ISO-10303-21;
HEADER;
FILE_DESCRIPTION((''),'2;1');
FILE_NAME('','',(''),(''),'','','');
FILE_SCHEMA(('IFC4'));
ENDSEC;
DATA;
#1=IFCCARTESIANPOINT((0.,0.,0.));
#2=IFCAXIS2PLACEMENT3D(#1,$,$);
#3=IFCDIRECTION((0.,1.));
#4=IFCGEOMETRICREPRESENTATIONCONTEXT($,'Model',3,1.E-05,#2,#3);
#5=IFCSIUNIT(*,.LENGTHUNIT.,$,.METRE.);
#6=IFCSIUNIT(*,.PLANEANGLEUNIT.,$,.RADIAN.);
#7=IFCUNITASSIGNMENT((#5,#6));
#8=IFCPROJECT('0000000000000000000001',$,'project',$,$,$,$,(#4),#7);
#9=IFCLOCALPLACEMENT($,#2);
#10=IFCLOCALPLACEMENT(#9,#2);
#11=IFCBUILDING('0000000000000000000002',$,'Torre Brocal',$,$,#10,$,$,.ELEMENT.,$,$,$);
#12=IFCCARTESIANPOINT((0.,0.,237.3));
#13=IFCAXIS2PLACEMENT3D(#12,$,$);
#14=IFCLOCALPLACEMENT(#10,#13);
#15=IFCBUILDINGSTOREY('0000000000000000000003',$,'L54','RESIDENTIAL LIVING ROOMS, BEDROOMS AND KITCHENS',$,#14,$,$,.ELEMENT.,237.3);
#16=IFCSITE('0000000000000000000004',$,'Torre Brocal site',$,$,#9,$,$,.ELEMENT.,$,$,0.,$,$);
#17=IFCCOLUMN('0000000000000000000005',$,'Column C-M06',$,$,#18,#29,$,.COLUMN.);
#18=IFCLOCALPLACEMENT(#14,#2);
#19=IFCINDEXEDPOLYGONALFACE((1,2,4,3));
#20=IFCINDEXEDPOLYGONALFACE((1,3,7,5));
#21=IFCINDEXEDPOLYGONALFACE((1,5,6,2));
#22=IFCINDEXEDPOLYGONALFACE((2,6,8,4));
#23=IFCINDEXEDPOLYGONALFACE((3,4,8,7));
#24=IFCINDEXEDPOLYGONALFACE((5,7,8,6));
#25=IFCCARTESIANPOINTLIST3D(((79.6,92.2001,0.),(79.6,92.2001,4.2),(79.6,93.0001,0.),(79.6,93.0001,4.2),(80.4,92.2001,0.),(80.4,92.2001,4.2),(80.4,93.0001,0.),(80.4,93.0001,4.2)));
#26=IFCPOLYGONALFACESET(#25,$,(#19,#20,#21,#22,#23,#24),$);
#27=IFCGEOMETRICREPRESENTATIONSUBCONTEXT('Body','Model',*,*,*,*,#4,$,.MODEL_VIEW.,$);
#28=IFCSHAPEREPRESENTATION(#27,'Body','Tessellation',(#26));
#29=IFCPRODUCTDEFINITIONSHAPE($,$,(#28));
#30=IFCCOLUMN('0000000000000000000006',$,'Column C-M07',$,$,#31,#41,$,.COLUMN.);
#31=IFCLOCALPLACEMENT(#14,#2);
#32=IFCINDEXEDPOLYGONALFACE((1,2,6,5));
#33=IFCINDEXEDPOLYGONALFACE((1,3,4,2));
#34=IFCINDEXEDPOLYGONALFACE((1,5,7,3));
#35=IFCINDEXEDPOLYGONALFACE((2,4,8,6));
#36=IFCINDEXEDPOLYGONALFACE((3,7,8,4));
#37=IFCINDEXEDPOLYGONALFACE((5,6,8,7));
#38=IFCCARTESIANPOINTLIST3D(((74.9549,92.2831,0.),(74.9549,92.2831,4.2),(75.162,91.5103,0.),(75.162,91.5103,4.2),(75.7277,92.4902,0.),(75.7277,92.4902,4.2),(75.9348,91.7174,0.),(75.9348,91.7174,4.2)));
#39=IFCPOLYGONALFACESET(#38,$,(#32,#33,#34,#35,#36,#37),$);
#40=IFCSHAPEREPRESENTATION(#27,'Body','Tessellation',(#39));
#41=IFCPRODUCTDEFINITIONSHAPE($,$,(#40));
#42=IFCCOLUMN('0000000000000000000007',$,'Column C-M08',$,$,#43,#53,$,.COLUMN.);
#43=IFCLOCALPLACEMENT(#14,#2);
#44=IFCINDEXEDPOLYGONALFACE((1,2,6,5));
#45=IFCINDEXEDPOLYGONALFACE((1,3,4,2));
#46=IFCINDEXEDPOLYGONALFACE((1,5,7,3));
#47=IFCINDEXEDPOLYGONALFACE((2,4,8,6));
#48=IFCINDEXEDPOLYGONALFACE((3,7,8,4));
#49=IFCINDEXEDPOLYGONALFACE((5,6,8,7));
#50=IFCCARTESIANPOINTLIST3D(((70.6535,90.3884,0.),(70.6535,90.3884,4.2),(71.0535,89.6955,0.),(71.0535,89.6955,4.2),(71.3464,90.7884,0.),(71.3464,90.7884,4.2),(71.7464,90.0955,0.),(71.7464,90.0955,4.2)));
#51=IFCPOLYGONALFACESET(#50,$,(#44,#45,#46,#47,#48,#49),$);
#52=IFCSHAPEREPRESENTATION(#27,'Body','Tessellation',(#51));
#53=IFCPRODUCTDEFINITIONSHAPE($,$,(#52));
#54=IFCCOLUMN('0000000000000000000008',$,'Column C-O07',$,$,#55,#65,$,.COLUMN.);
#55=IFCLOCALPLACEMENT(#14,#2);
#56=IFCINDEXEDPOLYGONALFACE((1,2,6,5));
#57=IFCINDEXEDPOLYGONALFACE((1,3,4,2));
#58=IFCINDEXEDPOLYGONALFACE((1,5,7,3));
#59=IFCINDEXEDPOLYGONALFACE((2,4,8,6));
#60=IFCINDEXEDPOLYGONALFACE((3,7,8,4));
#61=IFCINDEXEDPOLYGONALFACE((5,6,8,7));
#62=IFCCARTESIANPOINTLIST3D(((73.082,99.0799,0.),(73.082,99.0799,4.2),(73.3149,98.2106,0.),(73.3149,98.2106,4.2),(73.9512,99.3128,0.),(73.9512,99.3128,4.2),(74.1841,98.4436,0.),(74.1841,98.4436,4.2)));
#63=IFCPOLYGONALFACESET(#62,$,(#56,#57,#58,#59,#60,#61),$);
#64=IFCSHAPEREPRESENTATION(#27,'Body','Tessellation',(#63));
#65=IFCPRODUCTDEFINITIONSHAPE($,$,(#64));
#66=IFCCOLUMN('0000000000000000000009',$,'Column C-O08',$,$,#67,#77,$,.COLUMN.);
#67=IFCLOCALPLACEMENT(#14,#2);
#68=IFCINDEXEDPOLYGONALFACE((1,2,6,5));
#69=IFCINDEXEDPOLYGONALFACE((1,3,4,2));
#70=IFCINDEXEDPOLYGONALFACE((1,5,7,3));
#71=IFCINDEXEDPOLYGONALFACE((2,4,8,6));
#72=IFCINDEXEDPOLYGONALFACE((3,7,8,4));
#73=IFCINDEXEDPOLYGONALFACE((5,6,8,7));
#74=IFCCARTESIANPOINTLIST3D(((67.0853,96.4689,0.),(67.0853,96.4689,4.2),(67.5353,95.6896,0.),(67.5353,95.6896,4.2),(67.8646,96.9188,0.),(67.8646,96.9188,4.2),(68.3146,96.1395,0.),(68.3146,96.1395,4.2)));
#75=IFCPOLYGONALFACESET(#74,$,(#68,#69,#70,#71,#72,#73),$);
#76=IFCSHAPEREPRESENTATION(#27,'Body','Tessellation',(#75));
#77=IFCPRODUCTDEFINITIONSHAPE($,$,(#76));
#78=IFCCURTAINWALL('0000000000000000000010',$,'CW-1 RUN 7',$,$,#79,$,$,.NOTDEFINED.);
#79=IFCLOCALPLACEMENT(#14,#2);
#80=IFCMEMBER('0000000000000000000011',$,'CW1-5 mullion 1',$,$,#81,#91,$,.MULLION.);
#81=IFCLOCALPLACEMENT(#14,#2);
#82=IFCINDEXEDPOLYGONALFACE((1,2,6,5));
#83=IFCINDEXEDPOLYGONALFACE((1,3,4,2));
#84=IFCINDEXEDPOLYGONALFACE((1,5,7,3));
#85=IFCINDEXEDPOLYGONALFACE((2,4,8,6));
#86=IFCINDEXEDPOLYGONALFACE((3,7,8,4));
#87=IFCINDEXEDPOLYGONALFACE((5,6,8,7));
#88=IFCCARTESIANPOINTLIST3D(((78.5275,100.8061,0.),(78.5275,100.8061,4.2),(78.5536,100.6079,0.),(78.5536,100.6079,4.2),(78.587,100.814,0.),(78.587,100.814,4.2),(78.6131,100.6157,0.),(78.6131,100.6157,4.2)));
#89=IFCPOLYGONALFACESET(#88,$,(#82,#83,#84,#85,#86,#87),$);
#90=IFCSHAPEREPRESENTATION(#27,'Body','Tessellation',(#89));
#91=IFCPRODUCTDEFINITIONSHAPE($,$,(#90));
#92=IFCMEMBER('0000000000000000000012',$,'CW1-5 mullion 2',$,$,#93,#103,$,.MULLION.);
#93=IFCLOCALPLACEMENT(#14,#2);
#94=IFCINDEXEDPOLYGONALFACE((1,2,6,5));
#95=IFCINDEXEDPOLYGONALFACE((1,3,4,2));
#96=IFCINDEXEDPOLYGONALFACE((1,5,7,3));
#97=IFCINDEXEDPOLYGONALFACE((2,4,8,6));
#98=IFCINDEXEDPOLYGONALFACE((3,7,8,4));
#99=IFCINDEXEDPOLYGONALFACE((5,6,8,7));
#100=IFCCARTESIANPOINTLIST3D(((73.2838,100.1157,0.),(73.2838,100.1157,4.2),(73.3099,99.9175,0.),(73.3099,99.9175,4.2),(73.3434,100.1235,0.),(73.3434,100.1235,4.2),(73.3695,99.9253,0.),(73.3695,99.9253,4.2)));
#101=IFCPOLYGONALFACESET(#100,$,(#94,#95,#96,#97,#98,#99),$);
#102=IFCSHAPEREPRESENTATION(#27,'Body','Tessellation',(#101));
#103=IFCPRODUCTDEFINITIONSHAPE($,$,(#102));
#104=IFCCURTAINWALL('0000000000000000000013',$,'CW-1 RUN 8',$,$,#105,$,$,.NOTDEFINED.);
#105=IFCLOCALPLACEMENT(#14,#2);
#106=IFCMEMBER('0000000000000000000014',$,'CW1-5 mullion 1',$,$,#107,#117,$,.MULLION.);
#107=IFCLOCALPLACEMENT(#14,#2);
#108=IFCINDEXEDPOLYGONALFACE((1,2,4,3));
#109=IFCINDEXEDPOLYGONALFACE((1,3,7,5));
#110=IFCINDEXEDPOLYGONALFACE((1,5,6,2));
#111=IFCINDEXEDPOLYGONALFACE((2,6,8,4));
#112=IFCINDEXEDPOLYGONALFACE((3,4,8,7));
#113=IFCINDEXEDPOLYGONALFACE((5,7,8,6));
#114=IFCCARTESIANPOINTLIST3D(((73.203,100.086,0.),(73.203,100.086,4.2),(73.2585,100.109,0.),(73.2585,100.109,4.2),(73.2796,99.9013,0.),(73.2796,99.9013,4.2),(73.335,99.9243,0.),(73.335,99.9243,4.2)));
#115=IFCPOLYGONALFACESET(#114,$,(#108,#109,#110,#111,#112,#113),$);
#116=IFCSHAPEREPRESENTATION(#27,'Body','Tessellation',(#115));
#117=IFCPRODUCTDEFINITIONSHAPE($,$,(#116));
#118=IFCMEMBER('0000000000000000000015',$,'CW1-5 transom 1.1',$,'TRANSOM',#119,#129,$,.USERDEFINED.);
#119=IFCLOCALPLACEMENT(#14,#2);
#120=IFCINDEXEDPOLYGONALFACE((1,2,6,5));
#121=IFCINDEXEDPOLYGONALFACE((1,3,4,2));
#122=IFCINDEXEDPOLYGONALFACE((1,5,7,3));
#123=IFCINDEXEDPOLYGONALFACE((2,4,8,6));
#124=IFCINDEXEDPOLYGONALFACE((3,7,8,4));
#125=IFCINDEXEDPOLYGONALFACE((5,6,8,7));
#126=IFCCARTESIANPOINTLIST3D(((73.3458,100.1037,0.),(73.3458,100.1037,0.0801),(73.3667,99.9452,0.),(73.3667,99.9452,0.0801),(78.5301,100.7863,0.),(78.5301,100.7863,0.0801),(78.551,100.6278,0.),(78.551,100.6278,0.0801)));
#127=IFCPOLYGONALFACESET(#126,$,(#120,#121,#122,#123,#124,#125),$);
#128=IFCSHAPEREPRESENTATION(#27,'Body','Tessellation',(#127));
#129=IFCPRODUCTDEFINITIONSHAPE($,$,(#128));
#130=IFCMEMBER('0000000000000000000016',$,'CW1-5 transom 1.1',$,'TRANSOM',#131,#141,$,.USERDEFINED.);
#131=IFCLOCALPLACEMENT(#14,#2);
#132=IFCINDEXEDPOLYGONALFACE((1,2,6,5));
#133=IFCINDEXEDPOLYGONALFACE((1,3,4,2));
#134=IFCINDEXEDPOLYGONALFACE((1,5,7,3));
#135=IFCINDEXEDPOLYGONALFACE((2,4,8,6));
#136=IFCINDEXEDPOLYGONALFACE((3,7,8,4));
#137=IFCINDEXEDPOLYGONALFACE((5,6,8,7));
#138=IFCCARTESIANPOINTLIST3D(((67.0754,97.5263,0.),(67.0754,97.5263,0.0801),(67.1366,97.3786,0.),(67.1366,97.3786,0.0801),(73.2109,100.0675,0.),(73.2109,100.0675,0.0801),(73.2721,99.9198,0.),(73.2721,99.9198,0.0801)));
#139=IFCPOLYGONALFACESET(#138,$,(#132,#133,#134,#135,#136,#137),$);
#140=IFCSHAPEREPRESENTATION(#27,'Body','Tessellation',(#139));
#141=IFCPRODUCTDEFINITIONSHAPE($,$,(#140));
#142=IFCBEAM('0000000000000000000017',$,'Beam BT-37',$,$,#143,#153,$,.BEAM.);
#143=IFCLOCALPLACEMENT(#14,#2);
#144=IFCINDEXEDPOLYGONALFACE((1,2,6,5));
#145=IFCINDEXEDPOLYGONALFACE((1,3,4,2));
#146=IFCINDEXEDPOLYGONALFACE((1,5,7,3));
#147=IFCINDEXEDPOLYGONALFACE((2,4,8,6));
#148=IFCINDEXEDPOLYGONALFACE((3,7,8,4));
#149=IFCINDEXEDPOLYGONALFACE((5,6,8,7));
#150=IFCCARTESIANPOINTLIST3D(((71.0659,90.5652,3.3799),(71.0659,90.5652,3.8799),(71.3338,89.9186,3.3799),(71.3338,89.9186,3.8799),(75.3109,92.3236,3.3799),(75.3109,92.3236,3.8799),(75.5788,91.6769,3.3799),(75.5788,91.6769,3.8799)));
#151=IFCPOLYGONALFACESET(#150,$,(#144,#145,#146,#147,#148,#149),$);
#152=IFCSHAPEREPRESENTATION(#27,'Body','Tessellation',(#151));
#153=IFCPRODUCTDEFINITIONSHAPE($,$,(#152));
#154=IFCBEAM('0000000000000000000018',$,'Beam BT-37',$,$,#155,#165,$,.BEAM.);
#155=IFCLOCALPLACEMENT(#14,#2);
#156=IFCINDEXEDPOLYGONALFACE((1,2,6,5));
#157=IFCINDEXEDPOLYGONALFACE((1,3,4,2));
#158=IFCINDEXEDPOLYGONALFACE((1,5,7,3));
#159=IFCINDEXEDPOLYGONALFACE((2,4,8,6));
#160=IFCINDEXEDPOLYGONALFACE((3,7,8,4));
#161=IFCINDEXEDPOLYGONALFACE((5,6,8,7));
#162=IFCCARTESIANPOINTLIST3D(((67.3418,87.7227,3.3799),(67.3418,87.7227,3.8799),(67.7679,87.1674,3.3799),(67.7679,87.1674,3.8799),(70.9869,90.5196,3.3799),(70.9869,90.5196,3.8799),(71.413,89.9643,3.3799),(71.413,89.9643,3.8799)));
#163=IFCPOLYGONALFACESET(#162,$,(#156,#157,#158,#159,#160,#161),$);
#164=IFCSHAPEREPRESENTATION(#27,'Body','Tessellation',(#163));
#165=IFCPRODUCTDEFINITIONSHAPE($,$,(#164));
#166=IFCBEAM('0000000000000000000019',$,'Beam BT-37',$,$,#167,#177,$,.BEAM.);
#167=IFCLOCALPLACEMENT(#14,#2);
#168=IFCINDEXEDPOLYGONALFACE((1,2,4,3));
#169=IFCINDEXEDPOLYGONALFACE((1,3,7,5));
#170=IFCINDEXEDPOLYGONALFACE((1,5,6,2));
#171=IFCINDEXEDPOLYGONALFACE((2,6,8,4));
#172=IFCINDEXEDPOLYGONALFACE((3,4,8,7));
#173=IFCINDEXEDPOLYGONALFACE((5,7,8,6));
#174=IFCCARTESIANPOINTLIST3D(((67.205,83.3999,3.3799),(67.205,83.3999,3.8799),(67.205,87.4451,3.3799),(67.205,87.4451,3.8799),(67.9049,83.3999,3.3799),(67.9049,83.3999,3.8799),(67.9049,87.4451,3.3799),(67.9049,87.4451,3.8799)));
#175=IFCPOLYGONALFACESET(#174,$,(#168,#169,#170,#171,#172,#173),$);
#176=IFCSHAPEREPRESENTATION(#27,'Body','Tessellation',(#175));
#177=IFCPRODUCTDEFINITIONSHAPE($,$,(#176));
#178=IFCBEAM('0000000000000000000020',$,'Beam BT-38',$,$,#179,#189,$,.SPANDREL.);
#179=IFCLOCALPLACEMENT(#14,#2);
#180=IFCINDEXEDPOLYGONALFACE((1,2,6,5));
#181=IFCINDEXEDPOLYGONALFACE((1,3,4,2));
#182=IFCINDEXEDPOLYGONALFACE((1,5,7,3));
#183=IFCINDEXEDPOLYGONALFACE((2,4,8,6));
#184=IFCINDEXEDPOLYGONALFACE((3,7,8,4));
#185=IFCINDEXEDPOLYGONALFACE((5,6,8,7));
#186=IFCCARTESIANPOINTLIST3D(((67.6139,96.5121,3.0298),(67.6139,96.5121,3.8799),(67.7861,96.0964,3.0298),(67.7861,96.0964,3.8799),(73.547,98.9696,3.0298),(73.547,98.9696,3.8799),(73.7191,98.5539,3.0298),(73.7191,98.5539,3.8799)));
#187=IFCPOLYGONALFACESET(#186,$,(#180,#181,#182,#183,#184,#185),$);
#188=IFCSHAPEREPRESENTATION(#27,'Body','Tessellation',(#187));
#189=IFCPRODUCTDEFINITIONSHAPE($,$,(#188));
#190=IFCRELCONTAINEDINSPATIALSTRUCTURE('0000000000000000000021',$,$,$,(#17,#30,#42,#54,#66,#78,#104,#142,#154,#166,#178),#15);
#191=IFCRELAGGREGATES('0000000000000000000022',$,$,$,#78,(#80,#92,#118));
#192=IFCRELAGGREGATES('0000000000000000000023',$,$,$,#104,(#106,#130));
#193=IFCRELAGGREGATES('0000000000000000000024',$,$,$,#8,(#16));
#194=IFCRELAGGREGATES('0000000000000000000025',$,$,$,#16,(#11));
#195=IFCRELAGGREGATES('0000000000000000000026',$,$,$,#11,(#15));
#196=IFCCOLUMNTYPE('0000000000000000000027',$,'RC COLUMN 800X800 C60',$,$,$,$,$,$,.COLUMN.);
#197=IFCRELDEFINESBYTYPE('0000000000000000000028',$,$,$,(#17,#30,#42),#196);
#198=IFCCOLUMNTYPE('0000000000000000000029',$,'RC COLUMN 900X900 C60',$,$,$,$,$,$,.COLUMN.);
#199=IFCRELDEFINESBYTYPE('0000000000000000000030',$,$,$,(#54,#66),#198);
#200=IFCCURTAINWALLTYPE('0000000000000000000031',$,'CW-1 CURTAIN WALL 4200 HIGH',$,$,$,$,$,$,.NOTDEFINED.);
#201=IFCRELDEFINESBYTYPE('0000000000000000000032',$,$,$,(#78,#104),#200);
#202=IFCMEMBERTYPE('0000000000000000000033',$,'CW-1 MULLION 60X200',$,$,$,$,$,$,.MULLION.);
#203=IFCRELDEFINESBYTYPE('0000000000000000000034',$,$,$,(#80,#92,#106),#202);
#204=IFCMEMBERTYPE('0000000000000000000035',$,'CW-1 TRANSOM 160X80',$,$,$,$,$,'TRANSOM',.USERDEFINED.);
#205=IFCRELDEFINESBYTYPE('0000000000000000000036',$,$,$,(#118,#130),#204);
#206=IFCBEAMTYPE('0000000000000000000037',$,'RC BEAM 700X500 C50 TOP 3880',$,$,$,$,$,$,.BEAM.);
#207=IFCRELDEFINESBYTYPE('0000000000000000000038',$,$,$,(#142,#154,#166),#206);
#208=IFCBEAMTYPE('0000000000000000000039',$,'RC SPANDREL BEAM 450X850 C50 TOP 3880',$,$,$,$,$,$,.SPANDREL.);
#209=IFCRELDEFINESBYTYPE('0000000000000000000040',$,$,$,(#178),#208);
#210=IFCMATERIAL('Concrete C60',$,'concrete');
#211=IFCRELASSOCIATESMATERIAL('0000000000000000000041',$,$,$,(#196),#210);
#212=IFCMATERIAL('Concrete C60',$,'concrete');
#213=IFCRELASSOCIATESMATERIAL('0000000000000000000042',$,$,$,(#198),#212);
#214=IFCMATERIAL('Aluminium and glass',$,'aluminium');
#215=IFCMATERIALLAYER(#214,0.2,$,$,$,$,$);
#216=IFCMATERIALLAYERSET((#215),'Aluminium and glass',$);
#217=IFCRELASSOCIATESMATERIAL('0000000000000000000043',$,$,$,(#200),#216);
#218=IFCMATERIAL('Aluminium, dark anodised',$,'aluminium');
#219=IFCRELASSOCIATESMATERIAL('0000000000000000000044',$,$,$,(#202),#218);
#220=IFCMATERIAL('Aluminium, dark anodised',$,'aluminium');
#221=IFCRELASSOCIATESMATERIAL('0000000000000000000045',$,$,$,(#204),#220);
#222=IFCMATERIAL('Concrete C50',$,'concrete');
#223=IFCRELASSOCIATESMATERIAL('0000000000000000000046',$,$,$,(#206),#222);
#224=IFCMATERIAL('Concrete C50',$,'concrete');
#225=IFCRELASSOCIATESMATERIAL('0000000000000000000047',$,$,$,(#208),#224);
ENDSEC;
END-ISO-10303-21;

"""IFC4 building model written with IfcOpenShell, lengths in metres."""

from ifc_helpers import new_model, si_unit, direction, frame, origin, origin_2d, place, context, subcontext, project, spatial, rectangle, extrude, material, layer, layer_set, material_profile, profile_set, type_object, element, aggregate, save


model = new_model("IFC4")

# Units and contexts
model_context = context("Model", 3, precision=1e-05, world=origin(), true_north=direction((0.0, 1.0)))
body_context = subcontext(model_context, "Body", "Model", "MODEL_VIEW")
ifc_project = project(units=[si_unit("LENGTHUNIT", "METRE"), si_unit("PLANEANGLEUNIT", "RADIAN")], contexts=[model_context])

# Site, building, storey
site_placement = place(None, origin())
site = spatial("IfcSite", under=ifc_project, at=site_placement, Name="Torre Brocal site", CompositionType="ELEMENT", RefElevation=0.0)
building_placement = place(site_placement, origin())
building = spatial("IfcBuilding", under=site, at=building_placement, Name="Torre Brocal", CompositionType="ELEMENT")
storey_placement = place(building_placement, frame((0.0, 0.0, 237.3)))
storey = spatial("IfcBuildingStorey", under=building, at=storey_placement, Name="L54", Description="RESIDENTIAL LIVING ROOMS, BEDROOMS AND KITCHENS", CompositionType="ELEMENT", Elevation=237.3)

# Columns
ifc_material_1 = material(Name="Concrete C60", Category="concrete")
ifc_material_profile_1 = material_profile(ifc_material_1, rectangle(XDim=0.8, YDim=0.8, at=origin_2d()), Name="RC 800X800")
ifc_profile_set_1 = profile_set([ifc_material_profile_1], Name="Concrete C60")
column_type_1 = type_object("IfcColumnType", Name="RC COLUMN 800X800 C60", PredefinedType="COLUMN", material=ifc_profile_set_1)
for number, where, z_axis, x_axis, name in (
    (1, (80.0, 92.6001, 0.0), (0.0, 0.0, 1.0), (0.0, 1.0, 0.0), "Column C-M06"),
    (2, (75.4448, 92.0002, 0.0), (0.0, 0.0, 1.0), (-0.258819, 0.965926, 0.0), "Column C-M07"),
    (3, (71.2, 90.2419, 0.0), (0.0, 0.0, 1.0), (-0.5, 0.866025, 0.0), "Column C-M08"),
):
    element("IfcColumn", number, at=place(storey_placement, frame(where, z_axis=z_axis, x_axis=x_axis)), inside=storey, type_object=column_type_1, Name=name, PredefinedType="COLUMN", context=body_context, shape_type="SweptSolid", body=[
        extrude(rectangle(XDim=0.8, YDim=0.8, at=origin_2d()), origin(), (0.0, 0.0, 1.0), 4.2),
    ])
ifc_material_2 = material(Name="Concrete C60", Category="concrete")
ifc_material_profile_2 = material_profile(ifc_material_2, rectangle(XDim=0.8999, YDim=0.8999, at=origin_2d()), Name="RC 900X900")
ifc_profile_set_2 = profile_set([ifc_material_profile_2], Name="Concrete C60")
column_type_2 = type_object("IfcColumnType", Name="RC COLUMN 900X900 C60", PredefinedType="COLUMN", material=ifc_profile_set_2)
for number, where, z_axis, x_axis, name in (
    (4, (73.6331, 98.7617, 0.0), (0.0, 0.0, 1.0), (-0.258819, 0.965926, 0.0), "Column C-O07"),
    (5, (67.7, 96.3042, 0.0), (0.0, 0.0, 1.0), (-0.5, 0.866025, 0.0), "Column C-O08"),
):
    element("IfcColumn", number, at=place(storey_placement, frame(where, z_axis=z_axis, x_axis=x_axis)), inside=storey, type_object=column_type_2, Name=name, PredefinedType="COLUMN", context=body_context, shape_type="SweptSolid", body=[
        extrude(rectangle(XDim=0.8999, YDim=0.8999, at=origin_2d()), origin(), (0.0, 0.0, 1.0), 4.2),
    ])

# Curtain wall, members
ifc_material_3 = material(Name="Aluminium and glass", Category="aluminium")
ifc_layer_1 = layer(ifc_material_3, 0.2)
ifc_layer_set_1 = layer_set([ifc_layer_1], Name="Aluminium and glass")
curtain_wall_type = type_object("IfcCurtainWallType", Name="CW-1 CURTAIN WALL 4200 HIGH", PredefinedType="NOTDEFINED", material=ifc_layer_set_1)
curtain_wall_1_placement = place(storey_placement, origin())
curtain_wall_1 = element("IfcCurtainWall", 6, at=curtain_wall_1_placement, inside=storey, type_object=curtain_wall_type, Name="CW-1 RUN 7", PredefinedType="NOTDEFINED")
ifc_material_4 = material(Name="Aluminium, dark anodised", Category="aluminium")
ifc_material_profile_3 = material_profile(ifc_material_4, rectangle(XDim=0.2, YDim=0.0601, at=origin_2d()), Name="CW-1 MULLION 60X200")
ifc_profile_set_3 = profile_set([ifc_material_profile_3], Name="Aluminium, dark anodised")
member_type_1 = type_object("IfcMemberType", Name="CW-1 MULLION 60X200", PredefinedType="MULLION", material=ifc_profile_set_3)
member_1_placement = place(storey_placement, frame((78.5703, 100.7109, 0.0), z_axis=(0.0, 0.0, 1.0), x_axis=(0.130526, -0.991445, 0.0)))
member_1 = element("IfcMember", 7, at=member_1_placement, type_object=member_type_1, Name="CW1-5 mullion 1", PredefinedType="MULLION", context=body_context, shape_type="SweptSolid", body=[
    extrude(rectangle(XDim=0.2, YDim=0.0601, at=origin_2d()), origin(), (0.0, 0.0, 1.0), 4.2),
])
member_2_placement = place(storey_placement, frame((73.3267, 100.0205, 0.0), z_axis=(0.0, 0.0, 1.0), x_axis=(0.130526, -0.991445, 0.0)))
member_2 = element("IfcMember", 8, at=member_2_placement, type_object=member_type_1, Name="CW1-5 mullion 2", PredefinedType="MULLION", context=body_context, shape_type="SweptSolid", body=[
    extrude(rectangle(XDim=0.2, YDim=0.0601, at=origin_2d()), origin(), (0.0, 0.0, 1.0), 4.2),
])

# Curtain wall, member
curtain_wall_2_placement = place(storey_placement, origin())
curtain_wall_2 = element("IfcCurtainWall", 9, at=curtain_wall_2_placement, inside=storey, type_object=curtain_wall_type, Name="CW-1 RUN 8", PredefinedType="NOTDEFINED")
member_3_placement = place(storey_placement, frame((73.269, 100.0051, 0.0), z_axis=(0.0, 0.0, 1.0), x_axis=(0.382683, -0.92388, 0.0)))
member_3 = element("IfcMember", 10, at=member_3_placement, type_object=member_type_1, Name="CW1-5 mullion 1", PredefinedType="MULLION", context=body_context, shape_type="SweptSolid", body=[
    extrude(rectangle(XDim=0.2, YDim=0.0601, at=origin_2d()), origin(), (0.0, 0.0, 1.0), 4.2),
])

# Members
ifc_material_5 = material(Name="Aluminium, dark anodised", Category="aluminium")
ifc_material_profile_4 = material_profile(ifc_material_5, rectangle(XDim=0.1599, YDim=0.0801, at=origin_2d()), Name="CW-1 TRANSOM 160X80")
ifc_profile_set_4 = profile_set([ifc_material_profile_4], Name="Aluminium, dark anodised")
member_type_2 = type_object("IfcMemberType", Name="CW-1 TRANSOM 160X80", ElementType="TRANSOM", PredefinedType="USERDEFINED", material=ifc_profile_set_4)
member_4_placement = place(storey_placement, frame((78.5405, 100.707, 0.04), z_axis=(-0.991443, -0.130543, 0.0), x_axis=(0.130543, -0.991443, 0.0)))
member_4 = element("IfcMember", 11, at=member_4_placement, type_object=member_type_2, Name="CW1-5 transom 1.1", ObjectType="TRANSOM", PredefinedType="USERDEFINED", context=body_context, shape_type="SweptSolid", body=[
    extrude(rectangle(XDim=0.1599, YDim=0.0801, at=origin_2d()), origin(), (0.0, 0.0, 1.0), 5.229),
])
member_5_placement = place(storey_placement, frame((73.2415, 99.9937, 0.04), z_axis=(-0.923887, -0.382665, 0.0), x_axis=(0.382665, -0.923887, 0.0)))
member_5 = element("IfcMember", 12, at=member_5_placement, type_object=member_type_2, Name="CW1-5 transom 1.1", ObjectType="TRANSOM", PredefinedType="USERDEFINED", context=body_context, shape_type="SweptSolid", body=[
    extrude(rectangle(XDim=0.1599, YDim=0.0801, at=origin_2d()), origin(), (0.0, 0.0, 1.0), 6.6409),
])

# Beams
ifc_material_6 = material(Name="Concrete C50", Category="concrete")
ifc_material_profile_5 = material_profile(ifc_material_6, rectangle(XDim=0.7, YDim=0.5, at=origin_2d()), Name="RC 700X500")
ifc_profile_set_5 = profile_set([ifc_material_profile_5], Name="Concrete C50")
beam_type_1 = type_object("IfcBeamType", Name="RC BEAM 700X500 C50 TOP 3880", PredefinedType="BEAM", material=ifc_profile_set_5)
beam_1_placement = place(storey_placement, frame((75.4448, 92.0002, 3.6299), z_axis=(-0.923878, -0.382687, 0.0), x_axis=(0.382687, -0.923878, 0.0)))
element("IfcBeam", 13, at=beam_1_placement, inside=storey, type_object=beam_type_1, Name="Beam BT-37", PredefinedType="BEAM", context=body_context, shape_type="SweptSolid", body=[
    extrude(rectangle(XDim=0.7, YDim=0.5, at=origin_2d()), origin(), (0.0, 0.0, 1.0), 4.5947),
])
beam_2_placement = place(storey_placement, frame((71.2, 90.2419, 3.6299), z_axis=(-0.793358, -0.608755, 0.0), x_axis=(0.608755, -0.793358, 0.0)))
element("IfcBeam", 14, at=beam_2_placement, inside=storey, type_object=beam_type_1, Name="Beam BT-37", PredefinedType="BEAM", context=body_context, shape_type="SweptSolid", body=[
    extrude(rectangle(XDim=0.7, YDim=0.5, at=origin_2d()), origin(), (0.0, 0.0, 1.0), 4.5945),
])
beam_3_placement = place(storey_placement, frame((67.5549, 87.4451, 3.6299), z_axis=(0.0, -1.0, 0.0), x_axis=(1.0, 0.0, 0.0)))
element("IfcBeam", 15, at=beam_3_placement, inside=storey, type_object=beam_type_1, Name="Beam BT-37", PredefinedType="BEAM", context=body_context, shape_type="SweptSolid", body=[
    extrude(rectangle(XDim=0.7, YDim=0.5, at=origin_2d()), origin(), (0.0, 0.0, 1.0), 4.0452),
])
ifc_material_7 = material(Name="Concrete C50", Category="concrete")
ifc_material_profile_6 = material_profile(ifc_material_7, rectangle(XDim=0.45, YDim=0.8501, at=origin_2d()), Name="RC 450X850")
ifc_profile_set_6 = profile_set([ifc_material_profile_6], Name="Concrete C50")
beam_type_2 = type_object("IfcBeamType", Name="RC SPANDREL BEAM 450X850 C50 TOP 3880", PredefinedType="SPANDREL", material=ifc_profile_set_6)
beam_4_placement = place(storey_placement, frame((73.6331, 98.7617, 3.4548), z_axis=(-0.923882, -0.382676, 0.0), x_axis=(0.382676, -0.923882, 0.0)))
element("IfcBeam", 16, at=beam_4_placement, inside=storey, type_object=beam_type_2, Name="Beam BT-38", PredefinedType="SPANDREL", context=body_context, shape_type="SweptSolid", body=[
    extrude(rectangle(XDim=0.45, YDim=0.8501, at=origin_2d()), origin(), (0.0, 0.0, 1.0), 6.4219),
])

aggregate(curtain_wall_1, [member_1, member_2, member_4])
aggregate(curtain_wall_2, [member_3, member_5])

save(model, "model.ifc")
